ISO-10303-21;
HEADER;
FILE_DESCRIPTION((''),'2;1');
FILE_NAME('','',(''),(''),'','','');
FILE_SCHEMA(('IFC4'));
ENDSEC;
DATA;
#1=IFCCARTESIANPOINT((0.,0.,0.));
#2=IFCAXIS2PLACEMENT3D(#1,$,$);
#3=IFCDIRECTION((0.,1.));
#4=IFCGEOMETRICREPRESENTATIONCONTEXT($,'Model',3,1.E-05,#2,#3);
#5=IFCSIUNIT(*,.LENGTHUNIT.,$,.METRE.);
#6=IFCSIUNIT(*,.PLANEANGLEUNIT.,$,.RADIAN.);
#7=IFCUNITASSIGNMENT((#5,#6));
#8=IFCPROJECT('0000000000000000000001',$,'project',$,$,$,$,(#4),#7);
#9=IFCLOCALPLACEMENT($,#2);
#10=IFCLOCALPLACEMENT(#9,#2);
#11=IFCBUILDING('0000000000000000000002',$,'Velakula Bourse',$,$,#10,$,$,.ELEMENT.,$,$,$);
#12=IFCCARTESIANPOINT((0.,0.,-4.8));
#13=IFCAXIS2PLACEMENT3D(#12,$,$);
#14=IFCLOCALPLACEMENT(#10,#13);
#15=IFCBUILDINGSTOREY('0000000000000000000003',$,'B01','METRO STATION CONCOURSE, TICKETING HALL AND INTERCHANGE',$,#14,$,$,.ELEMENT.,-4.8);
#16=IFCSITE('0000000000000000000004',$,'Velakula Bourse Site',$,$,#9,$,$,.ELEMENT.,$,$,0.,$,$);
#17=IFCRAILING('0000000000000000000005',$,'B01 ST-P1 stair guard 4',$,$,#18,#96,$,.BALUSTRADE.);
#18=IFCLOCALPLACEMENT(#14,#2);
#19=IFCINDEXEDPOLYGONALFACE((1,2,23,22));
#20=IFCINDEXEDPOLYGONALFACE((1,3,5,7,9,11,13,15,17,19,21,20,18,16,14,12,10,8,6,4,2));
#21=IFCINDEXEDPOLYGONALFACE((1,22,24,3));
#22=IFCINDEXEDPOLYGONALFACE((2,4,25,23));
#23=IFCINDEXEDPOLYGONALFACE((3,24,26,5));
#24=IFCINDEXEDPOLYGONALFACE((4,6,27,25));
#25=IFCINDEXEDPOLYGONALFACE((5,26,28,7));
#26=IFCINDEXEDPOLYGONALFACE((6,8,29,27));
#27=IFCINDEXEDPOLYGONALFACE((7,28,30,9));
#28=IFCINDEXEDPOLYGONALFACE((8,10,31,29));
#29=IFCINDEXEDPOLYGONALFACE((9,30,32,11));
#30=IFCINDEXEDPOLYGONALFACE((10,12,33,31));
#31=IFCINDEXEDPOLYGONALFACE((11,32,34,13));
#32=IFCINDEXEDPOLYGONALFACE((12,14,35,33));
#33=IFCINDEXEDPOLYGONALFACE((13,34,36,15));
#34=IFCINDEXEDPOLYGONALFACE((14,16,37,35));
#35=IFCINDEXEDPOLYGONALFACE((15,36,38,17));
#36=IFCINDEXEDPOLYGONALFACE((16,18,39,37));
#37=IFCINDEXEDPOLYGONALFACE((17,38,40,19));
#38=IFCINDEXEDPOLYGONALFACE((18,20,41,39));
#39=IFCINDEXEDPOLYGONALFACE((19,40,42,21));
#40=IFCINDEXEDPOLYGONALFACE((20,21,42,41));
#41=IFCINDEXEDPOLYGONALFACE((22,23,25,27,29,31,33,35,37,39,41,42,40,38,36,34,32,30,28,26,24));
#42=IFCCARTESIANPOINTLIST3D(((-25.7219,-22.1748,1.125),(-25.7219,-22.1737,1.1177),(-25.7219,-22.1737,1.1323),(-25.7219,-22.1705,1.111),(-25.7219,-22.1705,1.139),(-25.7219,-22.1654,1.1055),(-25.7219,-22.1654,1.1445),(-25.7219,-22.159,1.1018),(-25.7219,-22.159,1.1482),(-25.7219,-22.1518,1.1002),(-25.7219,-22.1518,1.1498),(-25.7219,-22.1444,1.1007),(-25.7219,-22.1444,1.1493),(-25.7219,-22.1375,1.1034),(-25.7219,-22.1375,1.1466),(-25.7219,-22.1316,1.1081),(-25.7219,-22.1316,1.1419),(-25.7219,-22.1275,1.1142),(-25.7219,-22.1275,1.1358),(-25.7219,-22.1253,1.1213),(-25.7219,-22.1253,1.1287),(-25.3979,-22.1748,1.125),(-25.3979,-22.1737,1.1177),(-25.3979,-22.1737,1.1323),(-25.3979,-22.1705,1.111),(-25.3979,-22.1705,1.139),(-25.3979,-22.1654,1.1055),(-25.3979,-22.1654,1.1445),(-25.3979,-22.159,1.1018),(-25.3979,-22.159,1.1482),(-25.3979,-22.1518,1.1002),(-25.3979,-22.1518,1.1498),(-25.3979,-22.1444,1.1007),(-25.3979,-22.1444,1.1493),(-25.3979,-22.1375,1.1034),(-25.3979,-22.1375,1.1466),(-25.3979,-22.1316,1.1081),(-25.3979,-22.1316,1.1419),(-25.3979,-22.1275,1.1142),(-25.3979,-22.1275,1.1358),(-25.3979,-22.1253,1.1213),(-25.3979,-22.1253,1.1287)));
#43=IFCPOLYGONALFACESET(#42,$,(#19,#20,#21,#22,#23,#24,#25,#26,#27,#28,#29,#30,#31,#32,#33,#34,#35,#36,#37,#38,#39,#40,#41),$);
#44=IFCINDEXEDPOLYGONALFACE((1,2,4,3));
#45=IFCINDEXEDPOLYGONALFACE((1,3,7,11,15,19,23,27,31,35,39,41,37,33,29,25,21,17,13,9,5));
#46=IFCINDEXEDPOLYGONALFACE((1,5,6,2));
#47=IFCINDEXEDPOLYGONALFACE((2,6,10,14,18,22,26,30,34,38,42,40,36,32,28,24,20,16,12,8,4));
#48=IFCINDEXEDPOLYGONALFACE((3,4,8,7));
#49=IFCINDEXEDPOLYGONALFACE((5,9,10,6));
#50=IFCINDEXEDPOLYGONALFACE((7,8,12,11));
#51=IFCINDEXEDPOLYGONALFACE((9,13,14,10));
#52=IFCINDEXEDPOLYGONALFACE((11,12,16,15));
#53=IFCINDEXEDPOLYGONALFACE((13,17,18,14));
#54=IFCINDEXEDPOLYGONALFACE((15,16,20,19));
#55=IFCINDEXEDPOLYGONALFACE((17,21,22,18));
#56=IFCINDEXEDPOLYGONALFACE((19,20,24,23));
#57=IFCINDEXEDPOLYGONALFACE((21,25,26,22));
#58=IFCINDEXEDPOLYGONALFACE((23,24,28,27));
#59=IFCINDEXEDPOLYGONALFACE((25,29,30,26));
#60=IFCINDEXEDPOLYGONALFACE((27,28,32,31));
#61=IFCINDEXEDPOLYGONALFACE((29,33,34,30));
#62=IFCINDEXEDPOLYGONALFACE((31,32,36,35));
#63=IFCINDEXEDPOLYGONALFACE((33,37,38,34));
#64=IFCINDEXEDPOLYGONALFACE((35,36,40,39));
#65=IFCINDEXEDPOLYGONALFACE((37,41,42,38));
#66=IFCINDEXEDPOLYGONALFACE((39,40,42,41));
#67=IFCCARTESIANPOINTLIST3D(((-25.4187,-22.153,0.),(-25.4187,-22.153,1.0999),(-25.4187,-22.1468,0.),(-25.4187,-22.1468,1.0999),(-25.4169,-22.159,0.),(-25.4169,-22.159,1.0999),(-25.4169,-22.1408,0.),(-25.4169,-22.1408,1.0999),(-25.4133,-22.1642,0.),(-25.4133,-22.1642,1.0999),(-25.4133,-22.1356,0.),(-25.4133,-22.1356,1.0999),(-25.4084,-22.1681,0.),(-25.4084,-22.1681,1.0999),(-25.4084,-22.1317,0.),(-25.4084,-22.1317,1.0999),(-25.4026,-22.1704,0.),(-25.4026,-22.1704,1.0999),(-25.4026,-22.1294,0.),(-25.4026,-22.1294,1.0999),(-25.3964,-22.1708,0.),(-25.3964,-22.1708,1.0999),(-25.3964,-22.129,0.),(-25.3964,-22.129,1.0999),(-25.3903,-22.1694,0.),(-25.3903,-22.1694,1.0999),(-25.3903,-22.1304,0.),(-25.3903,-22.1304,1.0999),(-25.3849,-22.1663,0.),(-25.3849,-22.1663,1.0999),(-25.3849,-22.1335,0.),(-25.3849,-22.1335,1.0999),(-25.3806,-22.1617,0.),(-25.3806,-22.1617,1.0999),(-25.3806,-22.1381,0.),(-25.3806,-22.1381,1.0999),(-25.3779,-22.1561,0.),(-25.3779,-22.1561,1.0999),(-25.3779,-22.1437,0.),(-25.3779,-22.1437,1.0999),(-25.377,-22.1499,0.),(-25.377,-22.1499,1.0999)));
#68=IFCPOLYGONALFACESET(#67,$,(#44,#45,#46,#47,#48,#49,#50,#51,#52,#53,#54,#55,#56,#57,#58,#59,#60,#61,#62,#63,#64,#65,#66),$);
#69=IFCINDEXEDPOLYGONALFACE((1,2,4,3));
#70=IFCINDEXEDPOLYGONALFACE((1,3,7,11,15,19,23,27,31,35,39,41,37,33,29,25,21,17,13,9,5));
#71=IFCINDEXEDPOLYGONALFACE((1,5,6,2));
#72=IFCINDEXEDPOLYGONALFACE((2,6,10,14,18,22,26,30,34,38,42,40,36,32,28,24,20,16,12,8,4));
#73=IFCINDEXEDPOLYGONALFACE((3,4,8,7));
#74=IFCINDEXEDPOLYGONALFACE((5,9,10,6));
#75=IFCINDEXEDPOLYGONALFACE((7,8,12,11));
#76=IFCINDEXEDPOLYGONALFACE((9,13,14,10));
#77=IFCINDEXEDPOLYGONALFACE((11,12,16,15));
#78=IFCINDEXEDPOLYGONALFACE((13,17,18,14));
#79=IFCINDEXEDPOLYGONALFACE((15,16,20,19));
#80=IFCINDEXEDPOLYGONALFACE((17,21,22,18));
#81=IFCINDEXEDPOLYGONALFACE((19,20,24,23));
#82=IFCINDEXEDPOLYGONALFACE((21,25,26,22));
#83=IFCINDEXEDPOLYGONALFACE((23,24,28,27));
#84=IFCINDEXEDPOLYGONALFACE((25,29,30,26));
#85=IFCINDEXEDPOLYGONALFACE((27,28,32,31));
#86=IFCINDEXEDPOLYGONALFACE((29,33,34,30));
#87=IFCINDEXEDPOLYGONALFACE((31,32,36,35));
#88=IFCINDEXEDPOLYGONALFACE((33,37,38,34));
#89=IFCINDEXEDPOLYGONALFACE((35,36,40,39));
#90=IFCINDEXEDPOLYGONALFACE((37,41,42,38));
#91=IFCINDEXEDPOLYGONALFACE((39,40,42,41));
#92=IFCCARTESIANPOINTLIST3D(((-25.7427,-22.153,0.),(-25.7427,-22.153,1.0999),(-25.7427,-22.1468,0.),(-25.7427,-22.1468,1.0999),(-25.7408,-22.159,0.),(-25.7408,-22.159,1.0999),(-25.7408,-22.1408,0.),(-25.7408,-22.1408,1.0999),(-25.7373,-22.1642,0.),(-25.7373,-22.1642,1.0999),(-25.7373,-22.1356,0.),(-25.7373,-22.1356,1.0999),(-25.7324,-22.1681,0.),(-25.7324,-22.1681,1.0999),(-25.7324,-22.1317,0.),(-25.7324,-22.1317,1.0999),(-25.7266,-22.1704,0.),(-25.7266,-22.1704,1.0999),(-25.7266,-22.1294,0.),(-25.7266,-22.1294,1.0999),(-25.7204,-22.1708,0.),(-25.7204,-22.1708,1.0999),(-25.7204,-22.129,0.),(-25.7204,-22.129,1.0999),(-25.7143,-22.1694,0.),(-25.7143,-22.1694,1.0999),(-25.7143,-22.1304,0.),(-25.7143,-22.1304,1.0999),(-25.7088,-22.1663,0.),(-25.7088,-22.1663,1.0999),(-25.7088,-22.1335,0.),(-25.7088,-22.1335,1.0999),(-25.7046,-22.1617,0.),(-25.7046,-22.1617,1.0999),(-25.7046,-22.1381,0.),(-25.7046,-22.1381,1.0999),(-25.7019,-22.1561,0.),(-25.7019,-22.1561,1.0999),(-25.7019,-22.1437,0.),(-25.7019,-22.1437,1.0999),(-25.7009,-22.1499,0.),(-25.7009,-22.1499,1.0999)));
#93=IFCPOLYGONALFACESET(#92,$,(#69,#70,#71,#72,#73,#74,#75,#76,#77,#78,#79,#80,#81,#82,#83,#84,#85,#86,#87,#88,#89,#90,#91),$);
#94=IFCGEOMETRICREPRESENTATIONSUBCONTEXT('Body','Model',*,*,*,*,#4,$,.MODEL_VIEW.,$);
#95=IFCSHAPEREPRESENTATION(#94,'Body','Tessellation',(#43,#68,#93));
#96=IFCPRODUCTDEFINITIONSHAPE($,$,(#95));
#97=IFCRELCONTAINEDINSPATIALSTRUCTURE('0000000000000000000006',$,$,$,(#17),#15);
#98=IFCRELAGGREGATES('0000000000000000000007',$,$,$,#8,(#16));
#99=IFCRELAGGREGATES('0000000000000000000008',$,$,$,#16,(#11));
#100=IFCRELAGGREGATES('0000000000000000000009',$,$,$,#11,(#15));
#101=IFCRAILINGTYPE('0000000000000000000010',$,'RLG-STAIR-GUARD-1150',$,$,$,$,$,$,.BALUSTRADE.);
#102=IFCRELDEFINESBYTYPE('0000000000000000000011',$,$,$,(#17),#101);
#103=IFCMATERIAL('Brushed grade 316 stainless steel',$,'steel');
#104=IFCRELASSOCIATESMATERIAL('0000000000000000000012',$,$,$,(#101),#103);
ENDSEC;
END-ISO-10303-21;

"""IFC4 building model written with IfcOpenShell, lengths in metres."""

from ifc_helpers import new_model, si_unit, direction, frame, origin, origin_2d, place, context, subcontext, project, spatial, circle, extrude, material, type_object, element, save


model = new_model("IFC4")

# Units and contexts
model_context = context("Model", 3, precision=1e-05, world=origin(), true_north=direction((0.0, 1.0)))
body_context = subcontext(model_context, "Body", "Model", "MODEL_VIEW")
ifc_project = project(units=[si_unit("LENGTHUNIT", "METRE"), si_unit("PLANEANGLEUNIT", "RADIAN")], contexts=[model_context])

# Site, building, storey
site_placement = place(None, origin())
site = spatial("IfcSite", under=ifc_project, at=site_placement, Name="Velakula Bourse Site", CompositionType="ELEMENT", RefElevation=0.0)
building_placement = place(site_placement, origin())
building = spatial("IfcBuilding", under=site, at=building_placement, Name="Velakula Bourse", CompositionType="ELEMENT")
storey_placement = place(building_placement, frame((0.0, 0.0, -4.8)))
storey = spatial("IfcBuildingStorey", under=building, at=storey_placement, Name="B01", Description="METRO STATION CONCOURSE, TICKETING HALL AND INTERCHANGE", CompositionType="ELEMENT", Elevation=-4.8)

# Railing
ifc_material_1 = material(Name="Brushed grade 316 stainless steel", Category="steel")
railing_type = type_object("IfcRailingType", Name="RLG-STAIR-GUARD-1150", PredefinedType="BALUSTRADE", material=ifc_material_1)
railing_1_placement = place(storey_placement, frame((-25.3979, -22.1499, 0.0)))
element("IfcRailing", 1, at=railing_1_placement, inside=storey, type_object=railing_type, Name="B01 ST-P1 stair guard 4", PredefinedType="BALUSTRADE", context=body_context, shape_type="SweptSolid", body=[
    extrude(circle(Radius=0.0249, at=origin_2d()), frame((0.0, 0.0, 1.125), z_axis=(-1.0, 0.0, 0.0), x_axis=(0.0, -1.0, 0.0)), (0.0, 0.0, 1.0), 0.324),
    extrude(circle(Radius=0.021, at=origin_2d()), origin(), (0.0, 0.0, 1.0), 1.0999),
    extrude(circle(Radius=0.021, at=origin_2d()), frame((-0.324, 0.0, 0.0)), (0.0, 0.0, 1.0), 1.0999),
])

save(model, "model.ifc")
